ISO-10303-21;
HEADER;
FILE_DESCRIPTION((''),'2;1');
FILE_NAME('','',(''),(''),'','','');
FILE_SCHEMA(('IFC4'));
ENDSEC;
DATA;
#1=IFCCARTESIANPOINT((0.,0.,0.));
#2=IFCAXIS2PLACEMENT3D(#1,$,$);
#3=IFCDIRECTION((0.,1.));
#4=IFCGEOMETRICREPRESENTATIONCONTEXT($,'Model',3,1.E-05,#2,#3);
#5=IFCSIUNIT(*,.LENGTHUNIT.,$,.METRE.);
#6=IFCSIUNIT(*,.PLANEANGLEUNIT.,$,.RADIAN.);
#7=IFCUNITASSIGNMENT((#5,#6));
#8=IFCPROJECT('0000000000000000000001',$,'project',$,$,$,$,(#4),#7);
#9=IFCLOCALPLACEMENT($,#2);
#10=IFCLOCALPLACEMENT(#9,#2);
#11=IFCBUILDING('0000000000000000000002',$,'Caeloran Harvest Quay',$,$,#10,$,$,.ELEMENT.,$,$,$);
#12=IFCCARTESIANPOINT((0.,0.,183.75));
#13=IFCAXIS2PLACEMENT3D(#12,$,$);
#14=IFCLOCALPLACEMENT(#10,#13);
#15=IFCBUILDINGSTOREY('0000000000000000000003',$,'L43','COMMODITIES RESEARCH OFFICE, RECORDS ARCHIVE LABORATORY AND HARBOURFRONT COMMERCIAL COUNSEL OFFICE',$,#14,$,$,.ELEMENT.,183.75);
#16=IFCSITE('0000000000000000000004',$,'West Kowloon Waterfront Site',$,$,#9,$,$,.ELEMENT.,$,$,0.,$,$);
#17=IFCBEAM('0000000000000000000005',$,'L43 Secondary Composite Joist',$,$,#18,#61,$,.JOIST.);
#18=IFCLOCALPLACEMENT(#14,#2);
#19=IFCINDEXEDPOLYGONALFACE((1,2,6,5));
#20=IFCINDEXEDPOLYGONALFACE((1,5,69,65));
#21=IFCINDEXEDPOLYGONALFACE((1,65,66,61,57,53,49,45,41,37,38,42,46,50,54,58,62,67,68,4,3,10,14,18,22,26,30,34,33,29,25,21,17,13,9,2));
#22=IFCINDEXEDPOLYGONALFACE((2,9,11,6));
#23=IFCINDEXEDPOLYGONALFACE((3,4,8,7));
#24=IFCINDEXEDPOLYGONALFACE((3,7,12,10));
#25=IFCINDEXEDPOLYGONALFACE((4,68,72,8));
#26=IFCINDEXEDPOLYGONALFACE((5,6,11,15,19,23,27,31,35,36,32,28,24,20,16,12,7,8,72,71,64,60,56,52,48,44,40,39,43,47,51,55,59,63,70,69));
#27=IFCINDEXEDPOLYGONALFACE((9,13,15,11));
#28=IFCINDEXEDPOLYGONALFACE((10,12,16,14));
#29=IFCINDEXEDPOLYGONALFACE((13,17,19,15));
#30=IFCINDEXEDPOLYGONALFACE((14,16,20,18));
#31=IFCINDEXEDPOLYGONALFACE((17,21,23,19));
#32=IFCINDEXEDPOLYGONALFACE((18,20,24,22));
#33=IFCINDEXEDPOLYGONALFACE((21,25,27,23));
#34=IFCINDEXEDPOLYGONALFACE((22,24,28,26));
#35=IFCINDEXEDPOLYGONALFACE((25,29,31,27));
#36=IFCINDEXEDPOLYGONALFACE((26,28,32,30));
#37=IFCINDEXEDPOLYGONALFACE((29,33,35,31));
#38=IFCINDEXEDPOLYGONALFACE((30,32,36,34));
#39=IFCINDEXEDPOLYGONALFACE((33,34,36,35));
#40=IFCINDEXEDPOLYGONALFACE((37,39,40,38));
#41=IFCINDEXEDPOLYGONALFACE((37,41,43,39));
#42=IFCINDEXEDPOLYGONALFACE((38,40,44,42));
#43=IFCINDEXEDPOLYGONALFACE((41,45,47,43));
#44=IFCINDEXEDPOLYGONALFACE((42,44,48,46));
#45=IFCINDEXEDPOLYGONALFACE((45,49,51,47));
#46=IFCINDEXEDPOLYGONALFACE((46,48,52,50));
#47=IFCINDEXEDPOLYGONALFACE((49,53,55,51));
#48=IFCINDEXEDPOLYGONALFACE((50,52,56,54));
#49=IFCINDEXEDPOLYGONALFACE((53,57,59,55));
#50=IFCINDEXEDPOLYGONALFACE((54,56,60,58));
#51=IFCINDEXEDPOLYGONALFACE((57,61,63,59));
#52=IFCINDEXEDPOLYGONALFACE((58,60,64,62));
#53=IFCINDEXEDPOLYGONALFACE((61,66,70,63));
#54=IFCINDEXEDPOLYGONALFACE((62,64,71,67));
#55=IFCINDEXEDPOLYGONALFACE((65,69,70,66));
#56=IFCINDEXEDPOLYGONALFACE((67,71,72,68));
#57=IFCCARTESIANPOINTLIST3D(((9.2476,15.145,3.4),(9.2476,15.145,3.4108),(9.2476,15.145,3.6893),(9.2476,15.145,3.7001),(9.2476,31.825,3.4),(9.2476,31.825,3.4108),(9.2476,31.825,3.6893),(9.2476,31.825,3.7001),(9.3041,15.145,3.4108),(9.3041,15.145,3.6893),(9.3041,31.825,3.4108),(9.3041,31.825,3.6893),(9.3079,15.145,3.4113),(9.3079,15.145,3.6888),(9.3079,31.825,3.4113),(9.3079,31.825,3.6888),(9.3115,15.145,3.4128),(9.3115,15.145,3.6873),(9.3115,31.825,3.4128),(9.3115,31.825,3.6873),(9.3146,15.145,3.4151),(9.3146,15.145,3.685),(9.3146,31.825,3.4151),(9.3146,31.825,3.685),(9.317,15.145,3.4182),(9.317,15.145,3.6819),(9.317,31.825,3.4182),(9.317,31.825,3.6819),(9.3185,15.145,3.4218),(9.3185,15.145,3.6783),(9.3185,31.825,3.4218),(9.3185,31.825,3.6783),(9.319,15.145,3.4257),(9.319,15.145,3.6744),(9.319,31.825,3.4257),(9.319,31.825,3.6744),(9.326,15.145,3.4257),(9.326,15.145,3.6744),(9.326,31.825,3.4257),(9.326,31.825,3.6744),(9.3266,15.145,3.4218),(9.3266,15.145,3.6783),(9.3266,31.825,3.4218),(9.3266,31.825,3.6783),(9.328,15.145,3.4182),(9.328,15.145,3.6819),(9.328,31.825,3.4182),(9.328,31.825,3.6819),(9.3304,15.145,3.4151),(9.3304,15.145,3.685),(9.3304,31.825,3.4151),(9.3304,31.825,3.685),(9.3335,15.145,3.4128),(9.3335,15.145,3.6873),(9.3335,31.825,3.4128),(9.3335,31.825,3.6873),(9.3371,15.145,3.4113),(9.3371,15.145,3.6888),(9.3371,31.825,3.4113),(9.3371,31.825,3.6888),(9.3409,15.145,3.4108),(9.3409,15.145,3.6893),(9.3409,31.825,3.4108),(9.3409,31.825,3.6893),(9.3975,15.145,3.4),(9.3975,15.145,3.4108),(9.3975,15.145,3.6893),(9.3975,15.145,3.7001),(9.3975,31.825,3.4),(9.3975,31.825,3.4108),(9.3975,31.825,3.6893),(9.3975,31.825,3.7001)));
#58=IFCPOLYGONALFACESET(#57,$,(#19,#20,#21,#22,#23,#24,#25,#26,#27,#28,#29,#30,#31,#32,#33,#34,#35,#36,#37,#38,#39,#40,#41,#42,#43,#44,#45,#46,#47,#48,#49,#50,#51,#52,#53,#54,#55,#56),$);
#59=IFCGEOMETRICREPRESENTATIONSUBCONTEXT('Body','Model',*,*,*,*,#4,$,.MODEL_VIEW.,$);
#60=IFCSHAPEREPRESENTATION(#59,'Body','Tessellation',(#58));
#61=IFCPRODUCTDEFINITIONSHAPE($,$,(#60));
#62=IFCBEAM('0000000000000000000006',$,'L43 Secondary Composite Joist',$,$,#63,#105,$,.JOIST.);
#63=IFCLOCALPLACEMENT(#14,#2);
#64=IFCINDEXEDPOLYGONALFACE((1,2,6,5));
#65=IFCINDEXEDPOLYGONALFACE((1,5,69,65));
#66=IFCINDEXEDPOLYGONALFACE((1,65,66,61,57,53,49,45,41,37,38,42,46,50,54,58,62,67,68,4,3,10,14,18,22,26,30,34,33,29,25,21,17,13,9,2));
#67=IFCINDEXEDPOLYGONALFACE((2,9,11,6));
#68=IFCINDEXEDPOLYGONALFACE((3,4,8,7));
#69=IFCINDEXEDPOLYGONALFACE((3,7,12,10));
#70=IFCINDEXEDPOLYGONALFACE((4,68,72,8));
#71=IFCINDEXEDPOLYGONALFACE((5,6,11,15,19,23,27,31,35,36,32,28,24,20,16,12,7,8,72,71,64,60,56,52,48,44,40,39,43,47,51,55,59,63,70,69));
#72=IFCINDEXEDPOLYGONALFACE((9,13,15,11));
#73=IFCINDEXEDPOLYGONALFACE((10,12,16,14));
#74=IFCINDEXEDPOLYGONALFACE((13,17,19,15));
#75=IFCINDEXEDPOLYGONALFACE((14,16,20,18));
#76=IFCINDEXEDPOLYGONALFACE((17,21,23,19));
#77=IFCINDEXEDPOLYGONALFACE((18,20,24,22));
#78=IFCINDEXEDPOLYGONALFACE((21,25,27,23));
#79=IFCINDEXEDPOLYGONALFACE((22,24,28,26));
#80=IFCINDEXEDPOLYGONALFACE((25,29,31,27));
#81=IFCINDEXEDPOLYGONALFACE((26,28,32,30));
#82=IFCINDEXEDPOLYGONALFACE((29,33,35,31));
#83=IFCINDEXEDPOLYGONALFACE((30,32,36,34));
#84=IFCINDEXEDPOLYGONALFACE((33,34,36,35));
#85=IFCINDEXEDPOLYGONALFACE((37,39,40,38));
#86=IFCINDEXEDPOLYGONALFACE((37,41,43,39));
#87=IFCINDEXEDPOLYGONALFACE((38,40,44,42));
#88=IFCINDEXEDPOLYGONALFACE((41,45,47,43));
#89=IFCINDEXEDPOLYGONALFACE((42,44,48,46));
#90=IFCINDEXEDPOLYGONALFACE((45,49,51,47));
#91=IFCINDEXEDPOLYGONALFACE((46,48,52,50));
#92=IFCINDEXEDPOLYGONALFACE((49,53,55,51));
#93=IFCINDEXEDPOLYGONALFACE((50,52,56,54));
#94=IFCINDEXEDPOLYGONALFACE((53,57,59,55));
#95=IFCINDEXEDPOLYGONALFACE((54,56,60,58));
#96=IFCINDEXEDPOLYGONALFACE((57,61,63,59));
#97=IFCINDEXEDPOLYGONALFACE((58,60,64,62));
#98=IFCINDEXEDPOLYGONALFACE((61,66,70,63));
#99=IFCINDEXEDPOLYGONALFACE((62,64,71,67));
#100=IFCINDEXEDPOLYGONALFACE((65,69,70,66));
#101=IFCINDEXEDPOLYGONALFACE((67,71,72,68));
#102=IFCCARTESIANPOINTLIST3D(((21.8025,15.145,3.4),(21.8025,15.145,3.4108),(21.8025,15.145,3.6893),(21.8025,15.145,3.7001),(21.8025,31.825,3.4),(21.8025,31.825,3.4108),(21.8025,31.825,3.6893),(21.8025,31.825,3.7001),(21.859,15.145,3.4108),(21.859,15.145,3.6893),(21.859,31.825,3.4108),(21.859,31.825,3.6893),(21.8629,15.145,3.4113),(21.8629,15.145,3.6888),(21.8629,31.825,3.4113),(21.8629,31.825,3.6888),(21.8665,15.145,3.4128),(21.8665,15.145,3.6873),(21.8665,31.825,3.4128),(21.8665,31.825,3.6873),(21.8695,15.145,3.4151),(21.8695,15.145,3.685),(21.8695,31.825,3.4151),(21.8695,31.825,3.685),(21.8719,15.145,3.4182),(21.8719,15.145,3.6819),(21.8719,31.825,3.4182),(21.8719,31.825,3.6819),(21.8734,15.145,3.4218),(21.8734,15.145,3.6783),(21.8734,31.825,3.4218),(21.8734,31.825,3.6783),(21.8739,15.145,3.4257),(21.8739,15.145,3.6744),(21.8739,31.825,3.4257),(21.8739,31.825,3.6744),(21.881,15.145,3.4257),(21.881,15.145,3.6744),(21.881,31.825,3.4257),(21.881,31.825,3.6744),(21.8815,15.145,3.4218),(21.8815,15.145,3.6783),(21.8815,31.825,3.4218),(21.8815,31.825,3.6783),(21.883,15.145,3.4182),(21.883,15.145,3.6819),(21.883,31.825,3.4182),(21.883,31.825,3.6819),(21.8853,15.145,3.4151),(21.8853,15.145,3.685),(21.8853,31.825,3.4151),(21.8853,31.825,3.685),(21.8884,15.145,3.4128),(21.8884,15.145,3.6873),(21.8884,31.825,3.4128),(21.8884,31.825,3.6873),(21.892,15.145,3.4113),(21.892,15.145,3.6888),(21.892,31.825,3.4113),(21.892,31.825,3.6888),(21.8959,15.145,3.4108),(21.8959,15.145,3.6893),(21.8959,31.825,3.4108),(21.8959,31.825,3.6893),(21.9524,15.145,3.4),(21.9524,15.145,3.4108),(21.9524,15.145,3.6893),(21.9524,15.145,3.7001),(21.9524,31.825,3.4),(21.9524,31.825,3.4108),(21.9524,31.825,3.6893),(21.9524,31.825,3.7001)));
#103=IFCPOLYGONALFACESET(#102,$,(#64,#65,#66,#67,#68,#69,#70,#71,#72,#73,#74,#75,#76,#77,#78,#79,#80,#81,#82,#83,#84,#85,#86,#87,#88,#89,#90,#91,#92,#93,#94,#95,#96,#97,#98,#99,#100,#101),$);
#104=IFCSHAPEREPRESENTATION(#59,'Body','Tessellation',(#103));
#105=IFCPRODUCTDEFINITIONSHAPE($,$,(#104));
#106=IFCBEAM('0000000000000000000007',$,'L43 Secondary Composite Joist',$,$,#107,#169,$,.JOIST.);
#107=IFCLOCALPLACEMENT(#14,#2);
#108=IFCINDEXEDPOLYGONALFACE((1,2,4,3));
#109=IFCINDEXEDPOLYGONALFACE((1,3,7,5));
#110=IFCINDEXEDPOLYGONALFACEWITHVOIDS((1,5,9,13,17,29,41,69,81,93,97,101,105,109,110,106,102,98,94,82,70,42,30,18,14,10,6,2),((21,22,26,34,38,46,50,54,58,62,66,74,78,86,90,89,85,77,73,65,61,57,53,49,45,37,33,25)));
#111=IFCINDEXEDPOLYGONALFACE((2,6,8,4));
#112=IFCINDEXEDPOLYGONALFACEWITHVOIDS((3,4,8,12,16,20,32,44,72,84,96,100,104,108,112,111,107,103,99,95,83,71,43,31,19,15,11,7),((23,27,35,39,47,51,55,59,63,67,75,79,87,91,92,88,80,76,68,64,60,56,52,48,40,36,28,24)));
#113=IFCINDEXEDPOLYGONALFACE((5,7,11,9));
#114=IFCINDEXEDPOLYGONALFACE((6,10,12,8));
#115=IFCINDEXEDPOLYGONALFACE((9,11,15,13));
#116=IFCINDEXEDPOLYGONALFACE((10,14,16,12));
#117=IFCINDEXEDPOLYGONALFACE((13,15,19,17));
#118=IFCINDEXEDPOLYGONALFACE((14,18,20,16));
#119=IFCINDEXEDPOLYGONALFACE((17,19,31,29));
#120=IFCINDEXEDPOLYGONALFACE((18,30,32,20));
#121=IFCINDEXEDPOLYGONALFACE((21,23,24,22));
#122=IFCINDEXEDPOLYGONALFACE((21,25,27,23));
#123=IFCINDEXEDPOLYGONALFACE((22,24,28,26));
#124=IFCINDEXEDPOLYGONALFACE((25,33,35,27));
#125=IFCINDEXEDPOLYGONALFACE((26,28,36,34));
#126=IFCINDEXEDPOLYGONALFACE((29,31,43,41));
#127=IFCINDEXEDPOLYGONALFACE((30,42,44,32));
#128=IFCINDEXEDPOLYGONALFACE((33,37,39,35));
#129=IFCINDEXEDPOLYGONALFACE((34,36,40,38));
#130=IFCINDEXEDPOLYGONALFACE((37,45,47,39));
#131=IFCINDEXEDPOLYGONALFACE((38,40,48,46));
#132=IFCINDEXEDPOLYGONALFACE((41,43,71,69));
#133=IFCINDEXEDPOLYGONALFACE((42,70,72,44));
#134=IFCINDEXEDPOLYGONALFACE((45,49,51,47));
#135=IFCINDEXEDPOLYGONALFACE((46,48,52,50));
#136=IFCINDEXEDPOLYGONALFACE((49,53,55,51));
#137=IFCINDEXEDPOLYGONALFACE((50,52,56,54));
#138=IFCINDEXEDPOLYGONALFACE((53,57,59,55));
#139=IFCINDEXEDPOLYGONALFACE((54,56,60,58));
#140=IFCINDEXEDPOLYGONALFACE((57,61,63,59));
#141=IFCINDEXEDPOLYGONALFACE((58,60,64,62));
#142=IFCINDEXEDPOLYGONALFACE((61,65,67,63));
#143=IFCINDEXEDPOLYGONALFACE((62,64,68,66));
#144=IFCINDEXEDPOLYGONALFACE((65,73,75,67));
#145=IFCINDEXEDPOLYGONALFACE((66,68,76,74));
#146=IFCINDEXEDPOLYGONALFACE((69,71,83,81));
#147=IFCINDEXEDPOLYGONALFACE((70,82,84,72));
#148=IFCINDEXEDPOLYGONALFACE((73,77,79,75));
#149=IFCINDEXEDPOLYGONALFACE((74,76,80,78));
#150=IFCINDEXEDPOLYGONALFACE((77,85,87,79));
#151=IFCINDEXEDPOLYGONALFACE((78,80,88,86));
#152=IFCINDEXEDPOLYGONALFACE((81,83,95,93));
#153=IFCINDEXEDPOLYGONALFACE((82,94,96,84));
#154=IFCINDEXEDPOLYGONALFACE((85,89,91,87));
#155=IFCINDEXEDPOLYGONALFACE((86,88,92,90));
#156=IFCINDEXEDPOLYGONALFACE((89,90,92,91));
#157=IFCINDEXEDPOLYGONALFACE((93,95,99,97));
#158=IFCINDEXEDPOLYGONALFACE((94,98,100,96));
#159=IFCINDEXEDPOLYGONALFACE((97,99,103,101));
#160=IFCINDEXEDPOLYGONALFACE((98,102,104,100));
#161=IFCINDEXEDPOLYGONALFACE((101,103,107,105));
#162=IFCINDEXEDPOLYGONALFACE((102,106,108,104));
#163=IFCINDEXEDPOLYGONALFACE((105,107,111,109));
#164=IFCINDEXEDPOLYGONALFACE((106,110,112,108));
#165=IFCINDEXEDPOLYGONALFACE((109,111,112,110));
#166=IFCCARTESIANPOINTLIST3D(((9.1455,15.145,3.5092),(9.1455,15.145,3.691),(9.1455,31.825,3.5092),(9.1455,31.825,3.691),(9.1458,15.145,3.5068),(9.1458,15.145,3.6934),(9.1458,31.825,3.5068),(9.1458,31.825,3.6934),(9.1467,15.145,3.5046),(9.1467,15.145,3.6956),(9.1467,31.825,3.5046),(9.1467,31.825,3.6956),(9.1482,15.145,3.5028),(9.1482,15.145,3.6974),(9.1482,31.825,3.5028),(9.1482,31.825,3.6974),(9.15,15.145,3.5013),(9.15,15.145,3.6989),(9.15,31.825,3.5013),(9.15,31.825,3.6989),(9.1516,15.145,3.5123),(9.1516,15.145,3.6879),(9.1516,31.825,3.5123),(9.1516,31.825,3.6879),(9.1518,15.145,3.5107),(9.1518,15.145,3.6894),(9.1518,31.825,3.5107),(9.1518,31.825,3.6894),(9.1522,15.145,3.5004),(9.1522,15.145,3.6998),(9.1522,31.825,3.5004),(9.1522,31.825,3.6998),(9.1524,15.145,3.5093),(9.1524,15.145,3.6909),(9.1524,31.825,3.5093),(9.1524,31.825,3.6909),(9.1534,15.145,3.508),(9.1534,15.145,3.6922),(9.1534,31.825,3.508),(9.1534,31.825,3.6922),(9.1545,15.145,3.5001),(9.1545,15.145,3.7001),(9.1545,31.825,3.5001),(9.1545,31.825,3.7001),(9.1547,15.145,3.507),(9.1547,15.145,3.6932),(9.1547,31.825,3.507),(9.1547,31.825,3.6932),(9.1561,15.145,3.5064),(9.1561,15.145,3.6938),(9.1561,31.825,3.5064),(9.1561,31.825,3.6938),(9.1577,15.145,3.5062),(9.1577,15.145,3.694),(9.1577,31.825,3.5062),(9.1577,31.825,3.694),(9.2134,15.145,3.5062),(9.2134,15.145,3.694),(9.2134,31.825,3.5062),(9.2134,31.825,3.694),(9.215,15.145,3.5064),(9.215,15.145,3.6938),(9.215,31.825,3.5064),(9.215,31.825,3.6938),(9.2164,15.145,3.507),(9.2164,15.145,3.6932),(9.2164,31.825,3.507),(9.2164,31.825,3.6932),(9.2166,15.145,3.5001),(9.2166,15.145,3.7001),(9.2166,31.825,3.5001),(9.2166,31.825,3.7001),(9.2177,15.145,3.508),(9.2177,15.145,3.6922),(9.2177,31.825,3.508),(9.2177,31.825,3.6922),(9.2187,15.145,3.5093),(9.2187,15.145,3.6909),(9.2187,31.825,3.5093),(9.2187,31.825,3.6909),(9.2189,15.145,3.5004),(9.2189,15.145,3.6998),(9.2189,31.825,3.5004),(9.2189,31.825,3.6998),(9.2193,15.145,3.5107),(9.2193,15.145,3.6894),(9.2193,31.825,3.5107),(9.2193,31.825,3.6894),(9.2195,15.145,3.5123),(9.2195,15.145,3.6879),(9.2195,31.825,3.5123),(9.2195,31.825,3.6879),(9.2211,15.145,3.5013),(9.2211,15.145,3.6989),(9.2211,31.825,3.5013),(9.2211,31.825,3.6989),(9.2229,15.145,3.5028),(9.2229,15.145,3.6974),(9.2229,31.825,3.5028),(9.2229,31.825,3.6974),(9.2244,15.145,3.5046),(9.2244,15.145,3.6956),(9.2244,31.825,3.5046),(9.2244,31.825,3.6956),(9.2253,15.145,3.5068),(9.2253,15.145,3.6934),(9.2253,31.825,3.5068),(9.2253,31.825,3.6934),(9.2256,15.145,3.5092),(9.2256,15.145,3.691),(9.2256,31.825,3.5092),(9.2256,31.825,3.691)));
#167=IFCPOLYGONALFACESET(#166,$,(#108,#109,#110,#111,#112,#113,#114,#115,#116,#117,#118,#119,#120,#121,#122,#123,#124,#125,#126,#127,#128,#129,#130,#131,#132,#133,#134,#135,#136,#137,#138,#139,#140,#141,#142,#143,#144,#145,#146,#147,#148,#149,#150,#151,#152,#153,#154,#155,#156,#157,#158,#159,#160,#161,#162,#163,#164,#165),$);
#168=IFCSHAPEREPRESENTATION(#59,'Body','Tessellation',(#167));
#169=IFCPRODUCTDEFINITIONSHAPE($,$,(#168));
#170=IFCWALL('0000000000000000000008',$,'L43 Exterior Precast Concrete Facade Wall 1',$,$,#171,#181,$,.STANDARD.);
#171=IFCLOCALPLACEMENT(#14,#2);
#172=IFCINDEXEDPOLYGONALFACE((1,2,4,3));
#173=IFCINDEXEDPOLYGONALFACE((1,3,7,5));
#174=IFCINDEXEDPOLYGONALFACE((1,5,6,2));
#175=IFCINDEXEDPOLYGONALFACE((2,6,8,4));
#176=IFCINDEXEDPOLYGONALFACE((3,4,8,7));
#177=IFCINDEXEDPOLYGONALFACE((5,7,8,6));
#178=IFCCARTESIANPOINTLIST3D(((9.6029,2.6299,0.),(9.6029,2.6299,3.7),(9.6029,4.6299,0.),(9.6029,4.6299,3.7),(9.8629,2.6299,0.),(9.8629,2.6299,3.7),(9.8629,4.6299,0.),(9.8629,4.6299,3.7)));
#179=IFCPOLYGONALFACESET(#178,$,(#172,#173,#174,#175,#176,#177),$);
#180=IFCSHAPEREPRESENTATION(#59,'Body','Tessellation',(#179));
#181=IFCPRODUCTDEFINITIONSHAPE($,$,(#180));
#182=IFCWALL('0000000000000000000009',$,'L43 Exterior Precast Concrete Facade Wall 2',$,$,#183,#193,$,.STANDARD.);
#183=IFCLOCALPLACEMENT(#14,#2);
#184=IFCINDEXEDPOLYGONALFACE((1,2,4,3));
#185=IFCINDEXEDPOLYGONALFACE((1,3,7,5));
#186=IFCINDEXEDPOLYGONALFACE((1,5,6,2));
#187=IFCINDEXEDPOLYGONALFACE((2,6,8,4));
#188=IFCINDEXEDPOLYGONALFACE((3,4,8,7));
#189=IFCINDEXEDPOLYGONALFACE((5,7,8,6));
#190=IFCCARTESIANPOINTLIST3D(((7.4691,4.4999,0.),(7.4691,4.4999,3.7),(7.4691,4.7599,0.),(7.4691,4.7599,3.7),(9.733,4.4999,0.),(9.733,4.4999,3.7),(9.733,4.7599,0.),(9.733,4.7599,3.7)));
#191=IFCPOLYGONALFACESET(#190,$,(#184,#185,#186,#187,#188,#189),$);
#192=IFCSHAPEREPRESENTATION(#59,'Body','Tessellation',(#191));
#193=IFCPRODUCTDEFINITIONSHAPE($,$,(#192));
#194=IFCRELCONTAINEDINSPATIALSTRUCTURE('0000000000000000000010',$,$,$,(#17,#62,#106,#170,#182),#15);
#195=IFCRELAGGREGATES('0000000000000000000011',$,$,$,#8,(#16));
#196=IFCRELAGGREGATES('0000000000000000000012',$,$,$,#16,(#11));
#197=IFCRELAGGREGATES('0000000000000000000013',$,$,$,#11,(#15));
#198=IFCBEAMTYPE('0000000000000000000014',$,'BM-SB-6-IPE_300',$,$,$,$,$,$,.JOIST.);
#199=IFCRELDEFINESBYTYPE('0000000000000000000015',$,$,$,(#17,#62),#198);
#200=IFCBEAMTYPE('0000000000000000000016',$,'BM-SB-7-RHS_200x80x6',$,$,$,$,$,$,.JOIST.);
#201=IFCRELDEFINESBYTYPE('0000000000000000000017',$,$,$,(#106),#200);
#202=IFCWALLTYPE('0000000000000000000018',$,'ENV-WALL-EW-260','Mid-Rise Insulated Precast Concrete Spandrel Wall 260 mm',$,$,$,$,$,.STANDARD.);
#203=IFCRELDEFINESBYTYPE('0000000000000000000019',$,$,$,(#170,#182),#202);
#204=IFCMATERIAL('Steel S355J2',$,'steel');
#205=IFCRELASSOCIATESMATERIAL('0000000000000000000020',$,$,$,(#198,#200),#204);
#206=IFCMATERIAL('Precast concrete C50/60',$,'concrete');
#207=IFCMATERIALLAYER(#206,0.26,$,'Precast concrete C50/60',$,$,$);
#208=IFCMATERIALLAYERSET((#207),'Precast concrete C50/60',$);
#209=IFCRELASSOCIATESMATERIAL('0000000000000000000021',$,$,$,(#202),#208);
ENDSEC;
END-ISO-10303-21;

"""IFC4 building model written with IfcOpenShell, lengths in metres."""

from ifc_helpers import new_model, si_unit, direction, frame, frame_2d, origin, origin_2d, place, context, subcontext, project, spatial, rectangle, hollow_rectangle, i_section, extrude, material, layer, layer_set, material_profile, profile_set, type_object, element, save


model = new_model("IFC4")

# Units and contexts
model_context = context("Model", 3, precision=1e-05, world=origin(), true_north=direction((0.0, 1.0)))
body_context = subcontext(model_context, "Body", "Model", "MODEL_VIEW")
ifc_project = project(units=[si_unit("LENGTHUNIT", "METRE"), si_unit("PLANEANGLEUNIT", "RADIAN")], contexts=[model_context])

# Site, building, storey
site_placement = place(None, origin())
site = spatial("IfcSite", under=ifc_project, at=site_placement, Name="West Kowloon Waterfront Site", CompositionType="ELEMENT", RefElevation=0.0)
building_placement = place(site_placement, origin())
building = spatial("IfcBuilding", under=site, at=building_placement, Name="Caeloran Harvest Quay", CompositionType="ELEMENT")
storey_placement = place(building_placement, frame((0.0, 0.0, 183.75)))
storey = spatial("IfcBuildingStorey", under=building, at=storey_placement, Name="L43", Description="COMMODITIES RESEARCH OFFICE, RECORDS ARCHIVE LABORATORY AND HARBOURFRONT COMMERCIAL COUNSEL OFFICE", CompositionType="ELEMENT", Elevation=183.75)

# Beams
ifc_material_1 = material(Name="Steel S355J2", Category="steel")
ifc_material_profile_1 = material_profile(ifc_material_1, i_section(OverallWidth=0.1499, OverallDepth=0.3, WebThickness=0.0071, FlangeThickness=0.0107, FilletRadius=0.0149, at=origin_2d()), Name="IPE 300")
ifc_profile_set_1 = profile_set([ifc_material_profile_1], Name="Steel S355J2")
beam_type_1 = type_object("IfcBeamType", Name="BM-SB-6-IPE_300", PredefinedType="JOIST", material=ifc_profile_set_1)
for number, where, z_axis, x_axis, name in (
    (1, (9.3225, 15.145, 3.55), (0.0, 1.0, 0.0), (-1.0, 0.0, 0.0), "L43 Secondary Composite Joist"),
    (2, (21.8774, 15.145, 3.55), (0.0, 1.0, 0.0), (-1.0, 0.0, 0.0), "L43 Secondary Composite Joist"),
):
    element("IfcBeam", number, at=place(storey_placement, frame(where, z_axis=z_axis, x_axis=x_axis)), inside=storey, type_object=beam_type_1, Name=name, PredefinedType="JOIST", context=body_context, shape_type="SweptSolid", body=[
        extrude(i_section(OverallWidth=0.1499, OverallDepth=0.3, WebThickness=0.0071, FlangeThickness=0.0107, FilletRadius=0.0149, at=origin_2d()), origin(), (0.0, 0.0, 1.0), 16.6799),
    ])
ifc_material_profile_2 = material_profile(ifc_material_1, hollow_rectangle(XDim=0.0801, YDim=0.2, WallThickness=0.0061, InnerFilletRadius=0.0061, OuterFilletRadius=0.009, at=origin_2d()), Name="RHS 200x80x6")
ifc_profile_set_2 = profile_set([ifc_material_profile_2], Name="Steel S355J2")
beam_type_2 = type_object("IfcBeamType", Name="BM-SB-7-RHS_200x80x6", PredefinedType="JOIST", material=ifc_profile_set_2)
beam_1_placement = place(storey_placement, frame((9.1855, 15.145, 3.6001), z_axis=(0.0, 1.0, 0.0), x_axis=(-1.0, 0.0, 0.0)))
element("IfcBeam", 3, at=beam_1_placement, inside=storey, type_object=beam_type_2, Name="L43 Secondary Composite Joist", PredefinedType="JOIST", context=body_context, shape_type="SweptSolid", body=[
    extrude(hollow_rectangle(XDim=0.0801, YDim=0.2, WallThickness=0.0061, InnerFilletRadius=0.0061, OuterFilletRadius=0.009, at=origin_2d()), origin(), (0.0, 0.0, 1.0), 16.6799),
])

# Walls
ifc_material_2 = material(Name="Precast concrete C50/60", Category="concrete")
ifc_layer_1 = layer(ifc_material_2, 0.26, Name="Precast concrete C50/60")
ifc_layer_set_1 = layer_set([ifc_layer_1], Name="Precast concrete C50/60")
wall_type_1 = type_object("IfcWallType", Name="ENV-WALL-EW-260", Description="Mid-Rise Insulated Precast Concrete Spandrel Wall 260 mm", PredefinedType="STANDARD", material=ifc_layer_set_1)
wall_1_placement = place(storey_placement, frame((9.7329, 2.6299, 0.0), z_axis=(0.0, 0.0, 1.0), x_axis=(0.0, 1.0, 0.0)))
element("IfcWall", 4, at=wall_1_placement, inside=storey, type_object=wall_type_1, Name="L43 Exterior Precast Concrete Facade Wall 1", PredefinedType="STANDARD", context=body_context, shape_type="SweptSolid", body=[
    extrude(rectangle(XDim=2.0, YDim=0.26, at=frame_2d((1.0, 0.0))), origin(), (0.0, 0.0, 1.0), 3.7),
])
wall_2_placement = place(storey_placement, frame((9.7329, 4.6299, 0.0), z_axis=(0.0, 0.0, 1.0), x_axis=(-1.0, 0.0, 0.0)))
element("IfcWall", 5, at=wall_2_placement, inside=storey, type_object=wall_type_1, Name="L43 Exterior Precast Concrete Facade Wall 2", PredefinedType="STANDARD", context=body_context, shape_type="SweptSolid", body=[
    extrude(rectangle(XDim=2.2639, YDim=0.26, at=frame_2d((1.1318, 0.0))), origin(), (0.0, 0.0, 1.0), 3.7),
])

save(model, "model.ifc")
